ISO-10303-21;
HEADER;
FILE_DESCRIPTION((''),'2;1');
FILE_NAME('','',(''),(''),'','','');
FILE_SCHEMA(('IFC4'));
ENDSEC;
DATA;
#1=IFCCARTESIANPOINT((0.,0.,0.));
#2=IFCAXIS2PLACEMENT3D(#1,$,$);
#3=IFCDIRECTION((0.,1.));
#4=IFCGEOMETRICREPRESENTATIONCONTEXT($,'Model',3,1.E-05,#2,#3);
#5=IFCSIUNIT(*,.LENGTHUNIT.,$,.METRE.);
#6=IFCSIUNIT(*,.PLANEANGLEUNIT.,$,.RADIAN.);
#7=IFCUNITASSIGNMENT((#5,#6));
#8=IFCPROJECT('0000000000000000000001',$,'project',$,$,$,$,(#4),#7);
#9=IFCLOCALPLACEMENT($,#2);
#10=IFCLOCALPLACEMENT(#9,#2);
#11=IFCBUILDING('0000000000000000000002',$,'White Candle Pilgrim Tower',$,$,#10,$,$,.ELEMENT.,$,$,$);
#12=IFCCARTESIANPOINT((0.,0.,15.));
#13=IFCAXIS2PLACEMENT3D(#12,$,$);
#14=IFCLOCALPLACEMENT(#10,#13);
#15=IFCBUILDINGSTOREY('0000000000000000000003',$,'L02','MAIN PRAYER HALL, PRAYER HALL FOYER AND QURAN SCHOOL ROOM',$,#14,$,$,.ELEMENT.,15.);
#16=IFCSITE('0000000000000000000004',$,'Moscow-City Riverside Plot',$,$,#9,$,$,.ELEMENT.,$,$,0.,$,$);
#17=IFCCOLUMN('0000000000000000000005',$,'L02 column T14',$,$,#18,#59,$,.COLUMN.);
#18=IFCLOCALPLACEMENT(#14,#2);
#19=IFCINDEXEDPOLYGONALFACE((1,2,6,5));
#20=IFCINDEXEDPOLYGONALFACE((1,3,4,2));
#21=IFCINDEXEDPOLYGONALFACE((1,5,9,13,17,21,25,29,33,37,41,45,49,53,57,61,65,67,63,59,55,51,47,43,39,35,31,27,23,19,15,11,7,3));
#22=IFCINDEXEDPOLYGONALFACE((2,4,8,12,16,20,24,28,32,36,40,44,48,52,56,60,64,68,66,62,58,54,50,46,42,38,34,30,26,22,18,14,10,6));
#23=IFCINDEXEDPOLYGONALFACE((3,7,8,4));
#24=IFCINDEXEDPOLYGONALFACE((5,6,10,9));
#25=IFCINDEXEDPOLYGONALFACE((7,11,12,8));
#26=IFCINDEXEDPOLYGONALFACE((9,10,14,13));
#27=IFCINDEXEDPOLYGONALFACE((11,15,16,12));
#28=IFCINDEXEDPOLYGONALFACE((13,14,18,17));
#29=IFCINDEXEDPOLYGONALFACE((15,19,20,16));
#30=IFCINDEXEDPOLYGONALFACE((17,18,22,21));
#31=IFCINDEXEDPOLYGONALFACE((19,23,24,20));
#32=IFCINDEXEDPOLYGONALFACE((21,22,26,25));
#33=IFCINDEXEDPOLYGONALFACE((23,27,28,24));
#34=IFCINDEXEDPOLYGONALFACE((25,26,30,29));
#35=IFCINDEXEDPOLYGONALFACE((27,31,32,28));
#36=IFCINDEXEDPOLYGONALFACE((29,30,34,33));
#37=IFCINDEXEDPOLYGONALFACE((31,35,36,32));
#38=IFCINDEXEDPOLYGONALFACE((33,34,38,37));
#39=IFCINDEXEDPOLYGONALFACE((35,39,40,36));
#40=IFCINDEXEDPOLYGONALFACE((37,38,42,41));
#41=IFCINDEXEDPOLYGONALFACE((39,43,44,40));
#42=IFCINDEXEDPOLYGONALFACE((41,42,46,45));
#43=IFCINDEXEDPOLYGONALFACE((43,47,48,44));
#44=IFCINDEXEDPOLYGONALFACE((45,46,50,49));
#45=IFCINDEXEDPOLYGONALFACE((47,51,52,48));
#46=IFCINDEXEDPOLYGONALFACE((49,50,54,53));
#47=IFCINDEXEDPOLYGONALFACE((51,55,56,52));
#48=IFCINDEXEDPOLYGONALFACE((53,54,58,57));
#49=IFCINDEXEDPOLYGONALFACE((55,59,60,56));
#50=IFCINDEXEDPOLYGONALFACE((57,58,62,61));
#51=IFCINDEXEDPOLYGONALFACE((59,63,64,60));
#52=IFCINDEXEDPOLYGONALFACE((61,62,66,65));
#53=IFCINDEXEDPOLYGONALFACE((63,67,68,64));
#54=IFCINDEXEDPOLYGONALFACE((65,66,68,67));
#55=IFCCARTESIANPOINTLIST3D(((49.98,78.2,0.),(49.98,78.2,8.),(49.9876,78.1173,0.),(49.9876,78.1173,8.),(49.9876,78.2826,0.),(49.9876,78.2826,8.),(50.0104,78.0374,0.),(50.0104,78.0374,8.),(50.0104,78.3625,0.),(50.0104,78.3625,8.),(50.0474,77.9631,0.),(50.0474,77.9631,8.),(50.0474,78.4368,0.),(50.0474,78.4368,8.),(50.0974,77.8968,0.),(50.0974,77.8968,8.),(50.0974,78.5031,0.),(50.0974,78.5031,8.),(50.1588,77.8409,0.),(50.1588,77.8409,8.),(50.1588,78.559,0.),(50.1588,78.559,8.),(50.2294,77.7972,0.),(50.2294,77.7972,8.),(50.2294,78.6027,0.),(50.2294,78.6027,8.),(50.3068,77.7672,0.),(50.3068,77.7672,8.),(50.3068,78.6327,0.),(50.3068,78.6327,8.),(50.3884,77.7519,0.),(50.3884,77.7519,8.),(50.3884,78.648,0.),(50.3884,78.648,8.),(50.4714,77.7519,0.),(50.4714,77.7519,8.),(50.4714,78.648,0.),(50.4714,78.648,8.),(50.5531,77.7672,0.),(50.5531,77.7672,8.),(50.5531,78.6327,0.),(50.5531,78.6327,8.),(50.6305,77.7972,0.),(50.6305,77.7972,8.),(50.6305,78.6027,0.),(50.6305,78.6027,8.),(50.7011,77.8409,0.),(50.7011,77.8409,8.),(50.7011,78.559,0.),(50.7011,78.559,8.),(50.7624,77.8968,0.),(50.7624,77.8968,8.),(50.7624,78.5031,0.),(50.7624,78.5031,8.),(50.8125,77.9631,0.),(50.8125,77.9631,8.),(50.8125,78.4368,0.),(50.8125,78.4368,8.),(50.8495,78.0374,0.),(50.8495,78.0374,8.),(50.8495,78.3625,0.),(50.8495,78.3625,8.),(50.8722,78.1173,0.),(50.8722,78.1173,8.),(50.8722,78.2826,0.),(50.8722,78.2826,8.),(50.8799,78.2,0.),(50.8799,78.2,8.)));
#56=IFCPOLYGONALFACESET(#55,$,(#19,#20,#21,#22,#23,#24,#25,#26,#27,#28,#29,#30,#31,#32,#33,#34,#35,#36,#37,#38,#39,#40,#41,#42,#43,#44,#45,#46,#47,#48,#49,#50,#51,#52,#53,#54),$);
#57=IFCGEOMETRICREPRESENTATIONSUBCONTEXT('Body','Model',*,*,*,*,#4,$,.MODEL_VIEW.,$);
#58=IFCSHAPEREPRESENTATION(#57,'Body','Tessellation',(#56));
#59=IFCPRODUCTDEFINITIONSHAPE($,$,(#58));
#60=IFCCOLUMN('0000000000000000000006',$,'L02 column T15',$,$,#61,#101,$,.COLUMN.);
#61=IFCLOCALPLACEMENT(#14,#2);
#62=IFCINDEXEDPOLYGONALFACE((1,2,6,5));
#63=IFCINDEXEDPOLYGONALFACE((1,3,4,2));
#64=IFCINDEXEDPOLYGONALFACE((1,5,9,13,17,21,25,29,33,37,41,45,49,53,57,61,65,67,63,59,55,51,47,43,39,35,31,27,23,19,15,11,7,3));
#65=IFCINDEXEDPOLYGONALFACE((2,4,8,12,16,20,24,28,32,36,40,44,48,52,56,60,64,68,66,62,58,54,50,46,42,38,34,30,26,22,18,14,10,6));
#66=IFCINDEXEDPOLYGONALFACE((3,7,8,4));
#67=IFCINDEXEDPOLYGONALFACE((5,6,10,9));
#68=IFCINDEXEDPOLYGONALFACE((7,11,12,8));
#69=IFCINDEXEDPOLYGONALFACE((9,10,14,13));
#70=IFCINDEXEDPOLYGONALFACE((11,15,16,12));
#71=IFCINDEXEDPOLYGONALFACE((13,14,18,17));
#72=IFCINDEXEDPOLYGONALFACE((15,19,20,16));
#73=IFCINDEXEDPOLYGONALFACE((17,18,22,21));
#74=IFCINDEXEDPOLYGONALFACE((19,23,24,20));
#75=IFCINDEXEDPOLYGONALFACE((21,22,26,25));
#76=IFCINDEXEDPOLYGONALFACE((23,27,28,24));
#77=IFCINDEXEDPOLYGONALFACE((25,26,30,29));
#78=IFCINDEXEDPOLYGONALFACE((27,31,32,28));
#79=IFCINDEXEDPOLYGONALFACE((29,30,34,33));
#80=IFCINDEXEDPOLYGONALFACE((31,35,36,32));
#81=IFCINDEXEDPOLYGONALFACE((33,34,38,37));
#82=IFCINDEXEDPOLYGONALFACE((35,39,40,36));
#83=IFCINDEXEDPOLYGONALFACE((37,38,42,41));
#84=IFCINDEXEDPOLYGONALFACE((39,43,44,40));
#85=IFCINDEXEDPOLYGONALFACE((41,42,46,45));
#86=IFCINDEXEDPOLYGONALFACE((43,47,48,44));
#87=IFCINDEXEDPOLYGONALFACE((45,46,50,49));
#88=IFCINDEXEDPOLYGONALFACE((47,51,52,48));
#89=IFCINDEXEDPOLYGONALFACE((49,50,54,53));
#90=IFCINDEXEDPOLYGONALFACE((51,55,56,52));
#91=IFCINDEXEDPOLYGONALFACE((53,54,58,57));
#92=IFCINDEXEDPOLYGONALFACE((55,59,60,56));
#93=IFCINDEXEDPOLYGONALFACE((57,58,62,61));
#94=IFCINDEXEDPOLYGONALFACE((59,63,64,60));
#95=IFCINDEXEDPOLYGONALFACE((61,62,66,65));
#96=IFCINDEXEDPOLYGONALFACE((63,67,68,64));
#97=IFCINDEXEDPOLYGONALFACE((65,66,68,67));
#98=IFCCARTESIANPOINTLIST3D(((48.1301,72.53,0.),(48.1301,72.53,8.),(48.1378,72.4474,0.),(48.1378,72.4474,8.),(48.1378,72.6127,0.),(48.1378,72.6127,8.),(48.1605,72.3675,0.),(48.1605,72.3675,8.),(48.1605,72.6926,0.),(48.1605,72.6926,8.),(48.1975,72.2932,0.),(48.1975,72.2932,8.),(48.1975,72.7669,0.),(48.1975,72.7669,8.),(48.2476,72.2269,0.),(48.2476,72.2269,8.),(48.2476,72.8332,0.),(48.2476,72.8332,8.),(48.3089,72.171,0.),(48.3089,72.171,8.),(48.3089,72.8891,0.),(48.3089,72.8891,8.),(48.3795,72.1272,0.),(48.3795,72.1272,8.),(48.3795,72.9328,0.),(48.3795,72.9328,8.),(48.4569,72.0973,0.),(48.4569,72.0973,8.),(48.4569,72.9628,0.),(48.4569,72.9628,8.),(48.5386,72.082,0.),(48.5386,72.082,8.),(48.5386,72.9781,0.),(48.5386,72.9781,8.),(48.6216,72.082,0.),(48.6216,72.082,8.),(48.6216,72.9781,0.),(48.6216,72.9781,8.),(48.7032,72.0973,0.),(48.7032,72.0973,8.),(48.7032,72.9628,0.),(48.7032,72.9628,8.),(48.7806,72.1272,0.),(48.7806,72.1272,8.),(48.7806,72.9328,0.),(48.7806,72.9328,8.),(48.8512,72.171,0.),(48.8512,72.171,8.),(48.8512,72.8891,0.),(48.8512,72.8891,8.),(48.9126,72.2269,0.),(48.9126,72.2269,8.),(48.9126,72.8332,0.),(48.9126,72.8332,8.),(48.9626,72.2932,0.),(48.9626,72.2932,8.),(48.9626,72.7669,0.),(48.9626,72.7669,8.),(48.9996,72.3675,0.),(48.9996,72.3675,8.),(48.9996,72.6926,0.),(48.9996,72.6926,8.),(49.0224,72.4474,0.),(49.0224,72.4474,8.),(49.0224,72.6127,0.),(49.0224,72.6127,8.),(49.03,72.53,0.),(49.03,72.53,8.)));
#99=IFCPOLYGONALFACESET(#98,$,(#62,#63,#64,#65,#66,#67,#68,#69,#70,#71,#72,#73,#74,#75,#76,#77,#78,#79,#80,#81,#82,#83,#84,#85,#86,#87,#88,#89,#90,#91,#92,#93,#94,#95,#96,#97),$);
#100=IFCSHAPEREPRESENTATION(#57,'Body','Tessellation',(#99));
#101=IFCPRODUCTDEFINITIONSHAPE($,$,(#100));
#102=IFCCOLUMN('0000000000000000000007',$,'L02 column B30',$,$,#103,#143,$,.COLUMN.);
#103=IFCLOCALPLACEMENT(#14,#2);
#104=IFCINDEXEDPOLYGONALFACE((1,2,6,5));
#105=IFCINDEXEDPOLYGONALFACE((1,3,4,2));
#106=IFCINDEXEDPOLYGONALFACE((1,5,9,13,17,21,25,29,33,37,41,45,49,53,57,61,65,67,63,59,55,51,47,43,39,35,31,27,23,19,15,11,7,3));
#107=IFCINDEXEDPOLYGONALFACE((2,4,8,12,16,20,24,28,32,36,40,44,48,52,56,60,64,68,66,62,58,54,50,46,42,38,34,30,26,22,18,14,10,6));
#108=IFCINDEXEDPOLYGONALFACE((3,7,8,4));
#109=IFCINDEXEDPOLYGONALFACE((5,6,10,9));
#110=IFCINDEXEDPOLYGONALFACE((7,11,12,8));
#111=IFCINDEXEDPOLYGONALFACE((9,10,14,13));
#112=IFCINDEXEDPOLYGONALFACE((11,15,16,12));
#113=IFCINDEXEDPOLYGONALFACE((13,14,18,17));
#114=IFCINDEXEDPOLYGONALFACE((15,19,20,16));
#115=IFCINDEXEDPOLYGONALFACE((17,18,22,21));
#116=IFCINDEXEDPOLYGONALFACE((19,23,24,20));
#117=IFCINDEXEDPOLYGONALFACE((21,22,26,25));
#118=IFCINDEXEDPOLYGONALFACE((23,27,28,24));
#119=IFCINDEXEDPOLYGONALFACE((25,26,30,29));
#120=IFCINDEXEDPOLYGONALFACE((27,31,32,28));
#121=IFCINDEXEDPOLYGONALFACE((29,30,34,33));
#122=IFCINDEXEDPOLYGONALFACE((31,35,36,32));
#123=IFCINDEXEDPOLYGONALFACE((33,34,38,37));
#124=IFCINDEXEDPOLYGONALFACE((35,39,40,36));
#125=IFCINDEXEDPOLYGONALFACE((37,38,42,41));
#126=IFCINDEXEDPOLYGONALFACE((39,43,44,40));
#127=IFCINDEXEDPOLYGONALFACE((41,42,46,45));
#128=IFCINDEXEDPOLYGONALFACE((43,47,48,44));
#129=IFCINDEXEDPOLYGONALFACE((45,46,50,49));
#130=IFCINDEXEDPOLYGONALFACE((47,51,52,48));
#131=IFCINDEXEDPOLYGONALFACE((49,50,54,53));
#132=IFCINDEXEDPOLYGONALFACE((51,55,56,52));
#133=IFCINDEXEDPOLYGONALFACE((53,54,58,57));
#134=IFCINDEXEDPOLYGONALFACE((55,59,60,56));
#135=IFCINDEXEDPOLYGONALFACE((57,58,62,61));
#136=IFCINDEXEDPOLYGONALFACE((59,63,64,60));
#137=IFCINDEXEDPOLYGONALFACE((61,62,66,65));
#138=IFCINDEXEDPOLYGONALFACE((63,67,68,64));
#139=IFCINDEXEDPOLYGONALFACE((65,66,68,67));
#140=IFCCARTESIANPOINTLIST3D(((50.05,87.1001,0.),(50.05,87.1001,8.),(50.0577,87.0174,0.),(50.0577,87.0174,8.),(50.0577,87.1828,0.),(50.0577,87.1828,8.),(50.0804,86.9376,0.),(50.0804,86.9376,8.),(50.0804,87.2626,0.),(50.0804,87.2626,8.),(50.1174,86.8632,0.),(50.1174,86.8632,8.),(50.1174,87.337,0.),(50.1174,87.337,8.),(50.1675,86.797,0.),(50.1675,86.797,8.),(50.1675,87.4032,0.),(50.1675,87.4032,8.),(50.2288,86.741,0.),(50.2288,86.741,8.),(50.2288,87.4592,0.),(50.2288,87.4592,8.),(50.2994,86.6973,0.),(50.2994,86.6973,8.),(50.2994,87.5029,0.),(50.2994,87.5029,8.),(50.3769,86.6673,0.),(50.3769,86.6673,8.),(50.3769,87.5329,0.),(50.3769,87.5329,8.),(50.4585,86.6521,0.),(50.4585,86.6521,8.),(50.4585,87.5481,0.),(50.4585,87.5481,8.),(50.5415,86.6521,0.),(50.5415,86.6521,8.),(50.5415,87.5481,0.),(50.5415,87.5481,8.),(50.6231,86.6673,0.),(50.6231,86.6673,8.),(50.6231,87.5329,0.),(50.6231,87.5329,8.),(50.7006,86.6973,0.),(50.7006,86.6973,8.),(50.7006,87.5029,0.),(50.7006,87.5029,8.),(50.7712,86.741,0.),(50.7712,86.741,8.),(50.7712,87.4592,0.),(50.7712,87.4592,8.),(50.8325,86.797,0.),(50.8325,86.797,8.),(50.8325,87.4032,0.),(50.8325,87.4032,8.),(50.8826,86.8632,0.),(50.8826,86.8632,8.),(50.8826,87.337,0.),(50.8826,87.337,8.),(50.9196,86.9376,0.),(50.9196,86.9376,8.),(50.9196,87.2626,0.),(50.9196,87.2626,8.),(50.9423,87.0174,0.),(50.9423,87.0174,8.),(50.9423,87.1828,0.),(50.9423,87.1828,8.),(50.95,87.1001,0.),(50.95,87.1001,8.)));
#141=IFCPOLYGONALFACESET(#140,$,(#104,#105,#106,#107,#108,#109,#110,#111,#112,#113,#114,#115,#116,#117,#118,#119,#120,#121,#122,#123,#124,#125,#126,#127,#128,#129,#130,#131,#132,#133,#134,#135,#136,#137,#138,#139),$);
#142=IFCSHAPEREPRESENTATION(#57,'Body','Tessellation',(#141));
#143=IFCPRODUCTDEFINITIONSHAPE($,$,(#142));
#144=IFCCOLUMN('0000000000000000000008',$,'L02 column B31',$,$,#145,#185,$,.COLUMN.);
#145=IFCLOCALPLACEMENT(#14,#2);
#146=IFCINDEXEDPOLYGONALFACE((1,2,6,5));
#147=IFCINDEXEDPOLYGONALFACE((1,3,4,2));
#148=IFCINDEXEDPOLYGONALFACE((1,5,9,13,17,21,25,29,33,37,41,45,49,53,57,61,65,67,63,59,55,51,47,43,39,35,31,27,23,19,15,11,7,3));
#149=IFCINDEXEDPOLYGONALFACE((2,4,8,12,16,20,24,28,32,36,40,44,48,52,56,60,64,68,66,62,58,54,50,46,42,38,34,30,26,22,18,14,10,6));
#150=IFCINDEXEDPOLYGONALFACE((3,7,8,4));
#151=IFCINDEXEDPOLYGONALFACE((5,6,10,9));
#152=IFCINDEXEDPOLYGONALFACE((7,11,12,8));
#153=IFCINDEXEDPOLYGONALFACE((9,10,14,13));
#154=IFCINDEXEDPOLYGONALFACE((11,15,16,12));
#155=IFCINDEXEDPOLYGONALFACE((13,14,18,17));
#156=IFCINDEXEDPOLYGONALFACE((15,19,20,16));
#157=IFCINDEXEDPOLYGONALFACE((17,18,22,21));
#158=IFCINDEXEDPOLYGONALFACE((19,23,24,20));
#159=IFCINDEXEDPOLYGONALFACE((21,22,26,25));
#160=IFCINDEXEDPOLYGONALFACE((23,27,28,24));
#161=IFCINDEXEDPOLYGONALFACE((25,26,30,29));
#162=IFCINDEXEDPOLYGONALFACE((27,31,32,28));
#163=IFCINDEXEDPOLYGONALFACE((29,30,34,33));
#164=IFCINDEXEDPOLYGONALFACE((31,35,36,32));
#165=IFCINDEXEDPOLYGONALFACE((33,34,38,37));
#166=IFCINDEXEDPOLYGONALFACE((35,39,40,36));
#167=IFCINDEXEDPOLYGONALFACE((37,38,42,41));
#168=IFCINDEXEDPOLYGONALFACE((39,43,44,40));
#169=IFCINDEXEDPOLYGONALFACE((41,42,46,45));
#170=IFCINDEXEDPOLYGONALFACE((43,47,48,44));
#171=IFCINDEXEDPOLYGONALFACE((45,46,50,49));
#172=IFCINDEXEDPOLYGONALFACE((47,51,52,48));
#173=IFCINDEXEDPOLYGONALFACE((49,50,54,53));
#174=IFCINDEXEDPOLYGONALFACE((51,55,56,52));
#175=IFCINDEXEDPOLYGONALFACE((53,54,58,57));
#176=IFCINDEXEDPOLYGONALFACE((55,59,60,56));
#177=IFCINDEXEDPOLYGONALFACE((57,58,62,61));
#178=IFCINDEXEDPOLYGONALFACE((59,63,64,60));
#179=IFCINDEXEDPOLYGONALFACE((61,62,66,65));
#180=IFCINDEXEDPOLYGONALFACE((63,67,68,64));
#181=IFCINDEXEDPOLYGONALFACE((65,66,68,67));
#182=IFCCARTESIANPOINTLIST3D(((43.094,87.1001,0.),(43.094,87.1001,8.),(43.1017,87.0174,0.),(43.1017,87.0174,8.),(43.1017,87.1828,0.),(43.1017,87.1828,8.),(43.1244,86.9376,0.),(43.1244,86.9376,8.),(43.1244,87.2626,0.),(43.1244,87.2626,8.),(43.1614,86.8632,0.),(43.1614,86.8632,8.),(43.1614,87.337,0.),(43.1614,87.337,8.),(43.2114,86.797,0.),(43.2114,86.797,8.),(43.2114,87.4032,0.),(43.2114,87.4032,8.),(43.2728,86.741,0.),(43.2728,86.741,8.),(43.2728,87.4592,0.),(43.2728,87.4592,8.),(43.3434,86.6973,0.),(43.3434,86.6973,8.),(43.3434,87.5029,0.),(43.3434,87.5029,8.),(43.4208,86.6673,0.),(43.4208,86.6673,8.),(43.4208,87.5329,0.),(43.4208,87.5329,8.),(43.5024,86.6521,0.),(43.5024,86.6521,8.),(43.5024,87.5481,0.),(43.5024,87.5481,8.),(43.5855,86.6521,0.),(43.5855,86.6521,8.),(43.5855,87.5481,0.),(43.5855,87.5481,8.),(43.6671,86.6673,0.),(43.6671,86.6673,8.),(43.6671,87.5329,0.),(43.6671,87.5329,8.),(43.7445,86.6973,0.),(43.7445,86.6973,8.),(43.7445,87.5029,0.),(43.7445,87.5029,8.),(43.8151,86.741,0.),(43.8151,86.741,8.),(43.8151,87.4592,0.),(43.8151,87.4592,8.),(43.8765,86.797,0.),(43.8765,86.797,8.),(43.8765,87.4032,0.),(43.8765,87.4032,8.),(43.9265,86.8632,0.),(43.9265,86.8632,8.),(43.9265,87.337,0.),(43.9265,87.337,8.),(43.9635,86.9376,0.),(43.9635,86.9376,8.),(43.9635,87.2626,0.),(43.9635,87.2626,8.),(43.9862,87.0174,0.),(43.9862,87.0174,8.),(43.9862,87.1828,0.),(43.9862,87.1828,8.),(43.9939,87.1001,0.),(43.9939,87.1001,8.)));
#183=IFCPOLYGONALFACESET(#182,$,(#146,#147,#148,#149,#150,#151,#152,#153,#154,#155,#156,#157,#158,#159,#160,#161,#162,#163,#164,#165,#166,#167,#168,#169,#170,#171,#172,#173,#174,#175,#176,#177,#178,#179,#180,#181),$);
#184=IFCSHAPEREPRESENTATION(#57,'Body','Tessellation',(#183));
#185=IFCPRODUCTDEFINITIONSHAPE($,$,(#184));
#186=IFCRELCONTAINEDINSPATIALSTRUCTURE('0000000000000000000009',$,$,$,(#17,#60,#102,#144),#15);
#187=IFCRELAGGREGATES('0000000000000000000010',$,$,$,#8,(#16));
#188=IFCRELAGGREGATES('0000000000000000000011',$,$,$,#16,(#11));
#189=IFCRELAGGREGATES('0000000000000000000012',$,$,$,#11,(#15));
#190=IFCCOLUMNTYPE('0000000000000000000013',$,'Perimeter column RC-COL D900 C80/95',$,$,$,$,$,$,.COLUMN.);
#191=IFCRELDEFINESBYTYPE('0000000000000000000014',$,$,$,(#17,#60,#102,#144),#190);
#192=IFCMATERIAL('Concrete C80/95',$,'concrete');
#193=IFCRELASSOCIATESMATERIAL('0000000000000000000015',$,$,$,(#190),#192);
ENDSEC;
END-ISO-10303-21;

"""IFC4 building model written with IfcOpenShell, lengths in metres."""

from ifc_helpers import new_model, si_unit, direction, frame, origin, origin_2d, place, context, subcontext, project, spatial, circle, extrude, material, material_profile, profile_set, type_object, element, save


model = new_model("IFC4")

# Units and contexts
model_context = context("Model", 3, precision=1e-05, world=origin(), true_north=direction((0.0, 1.0)))
body_context = subcontext(model_context, "Body", "Model", "MODEL_VIEW")
ifc_project = project(units=[si_unit("LENGTHUNIT", "METRE"), si_unit("PLANEANGLEUNIT", "RADIAN")], contexts=[model_context])

# Site, building, storey
site_placement = place(None, origin())
site = spatial("IfcSite", under=ifc_project, at=site_placement, Name="Moscow-City Riverside Plot", CompositionType="ELEMENT", RefElevation=0.0)
building_placement = place(site_placement, origin())
building = spatial("IfcBuilding", under=site, at=building_placement, Name="White Candle Pilgrim Tower", CompositionType="ELEMENT")
storey_placement = place(building_placement, frame((0.0, 0.0, 15.0)))
storey = spatial("IfcBuildingStorey", under=building, at=storey_placement, Name="L02", Description="MAIN PRAYER HALL, PRAYER HALL FOYER AND QURAN SCHOOL ROOM", CompositionType="ELEMENT", Elevation=15.0)

# Columns
ifc_material_1 = material(Name="Concrete C80/95", Category="concrete")
ifc_material_profile_1 = material_profile(ifc_material_1, circle(Radius=0.45, at=origin_2d()), Name="RC-COL D900")
ifc_profile_set_1 = profile_set([ifc_material_profile_1], Name="Concrete C80/95")
column_type = type_object("IfcColumnType", Name="Perimeter column RC-COL D900 C80/95", PredefinedType="COLUMN", material=ifc_profile_set_1)
for number, where, z_axis, x_axis, name in (
    (1, (50.4299, 78.2, 0.0), (0.0, 0.0, 1.0), (1.0, 0.0, 0.0), "L02 column T14"),
    (2, (48.5801, 72.53, 0.0), (0.0, 0.0, 1.0), (1.0, 0.0, 0.0), "L02 column T15"),
    (3, (50.5, 87.1001, 0.0), (0.0, 0.0, 1.0), (1.0, 0.0, 0.0), "L02 column B30"),
    (4, (43.5439, 87.1001, 0.0), (0.0, 0.0, 1.0), (1.0, 0.0, 0.0), "L02 column B31"),
):
    element("IfcColumn", number, at=place(storey_placement, frame(where, z_axis=z_axis, x_axis=x_axis)), inside=storey, type_object=column_type, Name=name, PredefinedType="COLUMN", context=body_context, shape_type="SweptSolid", body=[
        extrude(circle(Radius=0.45, at=origin_2d()), origin(), (0.0, 0.0, 1.0), 8.0),
    ])

save(model, "model.ifc")
